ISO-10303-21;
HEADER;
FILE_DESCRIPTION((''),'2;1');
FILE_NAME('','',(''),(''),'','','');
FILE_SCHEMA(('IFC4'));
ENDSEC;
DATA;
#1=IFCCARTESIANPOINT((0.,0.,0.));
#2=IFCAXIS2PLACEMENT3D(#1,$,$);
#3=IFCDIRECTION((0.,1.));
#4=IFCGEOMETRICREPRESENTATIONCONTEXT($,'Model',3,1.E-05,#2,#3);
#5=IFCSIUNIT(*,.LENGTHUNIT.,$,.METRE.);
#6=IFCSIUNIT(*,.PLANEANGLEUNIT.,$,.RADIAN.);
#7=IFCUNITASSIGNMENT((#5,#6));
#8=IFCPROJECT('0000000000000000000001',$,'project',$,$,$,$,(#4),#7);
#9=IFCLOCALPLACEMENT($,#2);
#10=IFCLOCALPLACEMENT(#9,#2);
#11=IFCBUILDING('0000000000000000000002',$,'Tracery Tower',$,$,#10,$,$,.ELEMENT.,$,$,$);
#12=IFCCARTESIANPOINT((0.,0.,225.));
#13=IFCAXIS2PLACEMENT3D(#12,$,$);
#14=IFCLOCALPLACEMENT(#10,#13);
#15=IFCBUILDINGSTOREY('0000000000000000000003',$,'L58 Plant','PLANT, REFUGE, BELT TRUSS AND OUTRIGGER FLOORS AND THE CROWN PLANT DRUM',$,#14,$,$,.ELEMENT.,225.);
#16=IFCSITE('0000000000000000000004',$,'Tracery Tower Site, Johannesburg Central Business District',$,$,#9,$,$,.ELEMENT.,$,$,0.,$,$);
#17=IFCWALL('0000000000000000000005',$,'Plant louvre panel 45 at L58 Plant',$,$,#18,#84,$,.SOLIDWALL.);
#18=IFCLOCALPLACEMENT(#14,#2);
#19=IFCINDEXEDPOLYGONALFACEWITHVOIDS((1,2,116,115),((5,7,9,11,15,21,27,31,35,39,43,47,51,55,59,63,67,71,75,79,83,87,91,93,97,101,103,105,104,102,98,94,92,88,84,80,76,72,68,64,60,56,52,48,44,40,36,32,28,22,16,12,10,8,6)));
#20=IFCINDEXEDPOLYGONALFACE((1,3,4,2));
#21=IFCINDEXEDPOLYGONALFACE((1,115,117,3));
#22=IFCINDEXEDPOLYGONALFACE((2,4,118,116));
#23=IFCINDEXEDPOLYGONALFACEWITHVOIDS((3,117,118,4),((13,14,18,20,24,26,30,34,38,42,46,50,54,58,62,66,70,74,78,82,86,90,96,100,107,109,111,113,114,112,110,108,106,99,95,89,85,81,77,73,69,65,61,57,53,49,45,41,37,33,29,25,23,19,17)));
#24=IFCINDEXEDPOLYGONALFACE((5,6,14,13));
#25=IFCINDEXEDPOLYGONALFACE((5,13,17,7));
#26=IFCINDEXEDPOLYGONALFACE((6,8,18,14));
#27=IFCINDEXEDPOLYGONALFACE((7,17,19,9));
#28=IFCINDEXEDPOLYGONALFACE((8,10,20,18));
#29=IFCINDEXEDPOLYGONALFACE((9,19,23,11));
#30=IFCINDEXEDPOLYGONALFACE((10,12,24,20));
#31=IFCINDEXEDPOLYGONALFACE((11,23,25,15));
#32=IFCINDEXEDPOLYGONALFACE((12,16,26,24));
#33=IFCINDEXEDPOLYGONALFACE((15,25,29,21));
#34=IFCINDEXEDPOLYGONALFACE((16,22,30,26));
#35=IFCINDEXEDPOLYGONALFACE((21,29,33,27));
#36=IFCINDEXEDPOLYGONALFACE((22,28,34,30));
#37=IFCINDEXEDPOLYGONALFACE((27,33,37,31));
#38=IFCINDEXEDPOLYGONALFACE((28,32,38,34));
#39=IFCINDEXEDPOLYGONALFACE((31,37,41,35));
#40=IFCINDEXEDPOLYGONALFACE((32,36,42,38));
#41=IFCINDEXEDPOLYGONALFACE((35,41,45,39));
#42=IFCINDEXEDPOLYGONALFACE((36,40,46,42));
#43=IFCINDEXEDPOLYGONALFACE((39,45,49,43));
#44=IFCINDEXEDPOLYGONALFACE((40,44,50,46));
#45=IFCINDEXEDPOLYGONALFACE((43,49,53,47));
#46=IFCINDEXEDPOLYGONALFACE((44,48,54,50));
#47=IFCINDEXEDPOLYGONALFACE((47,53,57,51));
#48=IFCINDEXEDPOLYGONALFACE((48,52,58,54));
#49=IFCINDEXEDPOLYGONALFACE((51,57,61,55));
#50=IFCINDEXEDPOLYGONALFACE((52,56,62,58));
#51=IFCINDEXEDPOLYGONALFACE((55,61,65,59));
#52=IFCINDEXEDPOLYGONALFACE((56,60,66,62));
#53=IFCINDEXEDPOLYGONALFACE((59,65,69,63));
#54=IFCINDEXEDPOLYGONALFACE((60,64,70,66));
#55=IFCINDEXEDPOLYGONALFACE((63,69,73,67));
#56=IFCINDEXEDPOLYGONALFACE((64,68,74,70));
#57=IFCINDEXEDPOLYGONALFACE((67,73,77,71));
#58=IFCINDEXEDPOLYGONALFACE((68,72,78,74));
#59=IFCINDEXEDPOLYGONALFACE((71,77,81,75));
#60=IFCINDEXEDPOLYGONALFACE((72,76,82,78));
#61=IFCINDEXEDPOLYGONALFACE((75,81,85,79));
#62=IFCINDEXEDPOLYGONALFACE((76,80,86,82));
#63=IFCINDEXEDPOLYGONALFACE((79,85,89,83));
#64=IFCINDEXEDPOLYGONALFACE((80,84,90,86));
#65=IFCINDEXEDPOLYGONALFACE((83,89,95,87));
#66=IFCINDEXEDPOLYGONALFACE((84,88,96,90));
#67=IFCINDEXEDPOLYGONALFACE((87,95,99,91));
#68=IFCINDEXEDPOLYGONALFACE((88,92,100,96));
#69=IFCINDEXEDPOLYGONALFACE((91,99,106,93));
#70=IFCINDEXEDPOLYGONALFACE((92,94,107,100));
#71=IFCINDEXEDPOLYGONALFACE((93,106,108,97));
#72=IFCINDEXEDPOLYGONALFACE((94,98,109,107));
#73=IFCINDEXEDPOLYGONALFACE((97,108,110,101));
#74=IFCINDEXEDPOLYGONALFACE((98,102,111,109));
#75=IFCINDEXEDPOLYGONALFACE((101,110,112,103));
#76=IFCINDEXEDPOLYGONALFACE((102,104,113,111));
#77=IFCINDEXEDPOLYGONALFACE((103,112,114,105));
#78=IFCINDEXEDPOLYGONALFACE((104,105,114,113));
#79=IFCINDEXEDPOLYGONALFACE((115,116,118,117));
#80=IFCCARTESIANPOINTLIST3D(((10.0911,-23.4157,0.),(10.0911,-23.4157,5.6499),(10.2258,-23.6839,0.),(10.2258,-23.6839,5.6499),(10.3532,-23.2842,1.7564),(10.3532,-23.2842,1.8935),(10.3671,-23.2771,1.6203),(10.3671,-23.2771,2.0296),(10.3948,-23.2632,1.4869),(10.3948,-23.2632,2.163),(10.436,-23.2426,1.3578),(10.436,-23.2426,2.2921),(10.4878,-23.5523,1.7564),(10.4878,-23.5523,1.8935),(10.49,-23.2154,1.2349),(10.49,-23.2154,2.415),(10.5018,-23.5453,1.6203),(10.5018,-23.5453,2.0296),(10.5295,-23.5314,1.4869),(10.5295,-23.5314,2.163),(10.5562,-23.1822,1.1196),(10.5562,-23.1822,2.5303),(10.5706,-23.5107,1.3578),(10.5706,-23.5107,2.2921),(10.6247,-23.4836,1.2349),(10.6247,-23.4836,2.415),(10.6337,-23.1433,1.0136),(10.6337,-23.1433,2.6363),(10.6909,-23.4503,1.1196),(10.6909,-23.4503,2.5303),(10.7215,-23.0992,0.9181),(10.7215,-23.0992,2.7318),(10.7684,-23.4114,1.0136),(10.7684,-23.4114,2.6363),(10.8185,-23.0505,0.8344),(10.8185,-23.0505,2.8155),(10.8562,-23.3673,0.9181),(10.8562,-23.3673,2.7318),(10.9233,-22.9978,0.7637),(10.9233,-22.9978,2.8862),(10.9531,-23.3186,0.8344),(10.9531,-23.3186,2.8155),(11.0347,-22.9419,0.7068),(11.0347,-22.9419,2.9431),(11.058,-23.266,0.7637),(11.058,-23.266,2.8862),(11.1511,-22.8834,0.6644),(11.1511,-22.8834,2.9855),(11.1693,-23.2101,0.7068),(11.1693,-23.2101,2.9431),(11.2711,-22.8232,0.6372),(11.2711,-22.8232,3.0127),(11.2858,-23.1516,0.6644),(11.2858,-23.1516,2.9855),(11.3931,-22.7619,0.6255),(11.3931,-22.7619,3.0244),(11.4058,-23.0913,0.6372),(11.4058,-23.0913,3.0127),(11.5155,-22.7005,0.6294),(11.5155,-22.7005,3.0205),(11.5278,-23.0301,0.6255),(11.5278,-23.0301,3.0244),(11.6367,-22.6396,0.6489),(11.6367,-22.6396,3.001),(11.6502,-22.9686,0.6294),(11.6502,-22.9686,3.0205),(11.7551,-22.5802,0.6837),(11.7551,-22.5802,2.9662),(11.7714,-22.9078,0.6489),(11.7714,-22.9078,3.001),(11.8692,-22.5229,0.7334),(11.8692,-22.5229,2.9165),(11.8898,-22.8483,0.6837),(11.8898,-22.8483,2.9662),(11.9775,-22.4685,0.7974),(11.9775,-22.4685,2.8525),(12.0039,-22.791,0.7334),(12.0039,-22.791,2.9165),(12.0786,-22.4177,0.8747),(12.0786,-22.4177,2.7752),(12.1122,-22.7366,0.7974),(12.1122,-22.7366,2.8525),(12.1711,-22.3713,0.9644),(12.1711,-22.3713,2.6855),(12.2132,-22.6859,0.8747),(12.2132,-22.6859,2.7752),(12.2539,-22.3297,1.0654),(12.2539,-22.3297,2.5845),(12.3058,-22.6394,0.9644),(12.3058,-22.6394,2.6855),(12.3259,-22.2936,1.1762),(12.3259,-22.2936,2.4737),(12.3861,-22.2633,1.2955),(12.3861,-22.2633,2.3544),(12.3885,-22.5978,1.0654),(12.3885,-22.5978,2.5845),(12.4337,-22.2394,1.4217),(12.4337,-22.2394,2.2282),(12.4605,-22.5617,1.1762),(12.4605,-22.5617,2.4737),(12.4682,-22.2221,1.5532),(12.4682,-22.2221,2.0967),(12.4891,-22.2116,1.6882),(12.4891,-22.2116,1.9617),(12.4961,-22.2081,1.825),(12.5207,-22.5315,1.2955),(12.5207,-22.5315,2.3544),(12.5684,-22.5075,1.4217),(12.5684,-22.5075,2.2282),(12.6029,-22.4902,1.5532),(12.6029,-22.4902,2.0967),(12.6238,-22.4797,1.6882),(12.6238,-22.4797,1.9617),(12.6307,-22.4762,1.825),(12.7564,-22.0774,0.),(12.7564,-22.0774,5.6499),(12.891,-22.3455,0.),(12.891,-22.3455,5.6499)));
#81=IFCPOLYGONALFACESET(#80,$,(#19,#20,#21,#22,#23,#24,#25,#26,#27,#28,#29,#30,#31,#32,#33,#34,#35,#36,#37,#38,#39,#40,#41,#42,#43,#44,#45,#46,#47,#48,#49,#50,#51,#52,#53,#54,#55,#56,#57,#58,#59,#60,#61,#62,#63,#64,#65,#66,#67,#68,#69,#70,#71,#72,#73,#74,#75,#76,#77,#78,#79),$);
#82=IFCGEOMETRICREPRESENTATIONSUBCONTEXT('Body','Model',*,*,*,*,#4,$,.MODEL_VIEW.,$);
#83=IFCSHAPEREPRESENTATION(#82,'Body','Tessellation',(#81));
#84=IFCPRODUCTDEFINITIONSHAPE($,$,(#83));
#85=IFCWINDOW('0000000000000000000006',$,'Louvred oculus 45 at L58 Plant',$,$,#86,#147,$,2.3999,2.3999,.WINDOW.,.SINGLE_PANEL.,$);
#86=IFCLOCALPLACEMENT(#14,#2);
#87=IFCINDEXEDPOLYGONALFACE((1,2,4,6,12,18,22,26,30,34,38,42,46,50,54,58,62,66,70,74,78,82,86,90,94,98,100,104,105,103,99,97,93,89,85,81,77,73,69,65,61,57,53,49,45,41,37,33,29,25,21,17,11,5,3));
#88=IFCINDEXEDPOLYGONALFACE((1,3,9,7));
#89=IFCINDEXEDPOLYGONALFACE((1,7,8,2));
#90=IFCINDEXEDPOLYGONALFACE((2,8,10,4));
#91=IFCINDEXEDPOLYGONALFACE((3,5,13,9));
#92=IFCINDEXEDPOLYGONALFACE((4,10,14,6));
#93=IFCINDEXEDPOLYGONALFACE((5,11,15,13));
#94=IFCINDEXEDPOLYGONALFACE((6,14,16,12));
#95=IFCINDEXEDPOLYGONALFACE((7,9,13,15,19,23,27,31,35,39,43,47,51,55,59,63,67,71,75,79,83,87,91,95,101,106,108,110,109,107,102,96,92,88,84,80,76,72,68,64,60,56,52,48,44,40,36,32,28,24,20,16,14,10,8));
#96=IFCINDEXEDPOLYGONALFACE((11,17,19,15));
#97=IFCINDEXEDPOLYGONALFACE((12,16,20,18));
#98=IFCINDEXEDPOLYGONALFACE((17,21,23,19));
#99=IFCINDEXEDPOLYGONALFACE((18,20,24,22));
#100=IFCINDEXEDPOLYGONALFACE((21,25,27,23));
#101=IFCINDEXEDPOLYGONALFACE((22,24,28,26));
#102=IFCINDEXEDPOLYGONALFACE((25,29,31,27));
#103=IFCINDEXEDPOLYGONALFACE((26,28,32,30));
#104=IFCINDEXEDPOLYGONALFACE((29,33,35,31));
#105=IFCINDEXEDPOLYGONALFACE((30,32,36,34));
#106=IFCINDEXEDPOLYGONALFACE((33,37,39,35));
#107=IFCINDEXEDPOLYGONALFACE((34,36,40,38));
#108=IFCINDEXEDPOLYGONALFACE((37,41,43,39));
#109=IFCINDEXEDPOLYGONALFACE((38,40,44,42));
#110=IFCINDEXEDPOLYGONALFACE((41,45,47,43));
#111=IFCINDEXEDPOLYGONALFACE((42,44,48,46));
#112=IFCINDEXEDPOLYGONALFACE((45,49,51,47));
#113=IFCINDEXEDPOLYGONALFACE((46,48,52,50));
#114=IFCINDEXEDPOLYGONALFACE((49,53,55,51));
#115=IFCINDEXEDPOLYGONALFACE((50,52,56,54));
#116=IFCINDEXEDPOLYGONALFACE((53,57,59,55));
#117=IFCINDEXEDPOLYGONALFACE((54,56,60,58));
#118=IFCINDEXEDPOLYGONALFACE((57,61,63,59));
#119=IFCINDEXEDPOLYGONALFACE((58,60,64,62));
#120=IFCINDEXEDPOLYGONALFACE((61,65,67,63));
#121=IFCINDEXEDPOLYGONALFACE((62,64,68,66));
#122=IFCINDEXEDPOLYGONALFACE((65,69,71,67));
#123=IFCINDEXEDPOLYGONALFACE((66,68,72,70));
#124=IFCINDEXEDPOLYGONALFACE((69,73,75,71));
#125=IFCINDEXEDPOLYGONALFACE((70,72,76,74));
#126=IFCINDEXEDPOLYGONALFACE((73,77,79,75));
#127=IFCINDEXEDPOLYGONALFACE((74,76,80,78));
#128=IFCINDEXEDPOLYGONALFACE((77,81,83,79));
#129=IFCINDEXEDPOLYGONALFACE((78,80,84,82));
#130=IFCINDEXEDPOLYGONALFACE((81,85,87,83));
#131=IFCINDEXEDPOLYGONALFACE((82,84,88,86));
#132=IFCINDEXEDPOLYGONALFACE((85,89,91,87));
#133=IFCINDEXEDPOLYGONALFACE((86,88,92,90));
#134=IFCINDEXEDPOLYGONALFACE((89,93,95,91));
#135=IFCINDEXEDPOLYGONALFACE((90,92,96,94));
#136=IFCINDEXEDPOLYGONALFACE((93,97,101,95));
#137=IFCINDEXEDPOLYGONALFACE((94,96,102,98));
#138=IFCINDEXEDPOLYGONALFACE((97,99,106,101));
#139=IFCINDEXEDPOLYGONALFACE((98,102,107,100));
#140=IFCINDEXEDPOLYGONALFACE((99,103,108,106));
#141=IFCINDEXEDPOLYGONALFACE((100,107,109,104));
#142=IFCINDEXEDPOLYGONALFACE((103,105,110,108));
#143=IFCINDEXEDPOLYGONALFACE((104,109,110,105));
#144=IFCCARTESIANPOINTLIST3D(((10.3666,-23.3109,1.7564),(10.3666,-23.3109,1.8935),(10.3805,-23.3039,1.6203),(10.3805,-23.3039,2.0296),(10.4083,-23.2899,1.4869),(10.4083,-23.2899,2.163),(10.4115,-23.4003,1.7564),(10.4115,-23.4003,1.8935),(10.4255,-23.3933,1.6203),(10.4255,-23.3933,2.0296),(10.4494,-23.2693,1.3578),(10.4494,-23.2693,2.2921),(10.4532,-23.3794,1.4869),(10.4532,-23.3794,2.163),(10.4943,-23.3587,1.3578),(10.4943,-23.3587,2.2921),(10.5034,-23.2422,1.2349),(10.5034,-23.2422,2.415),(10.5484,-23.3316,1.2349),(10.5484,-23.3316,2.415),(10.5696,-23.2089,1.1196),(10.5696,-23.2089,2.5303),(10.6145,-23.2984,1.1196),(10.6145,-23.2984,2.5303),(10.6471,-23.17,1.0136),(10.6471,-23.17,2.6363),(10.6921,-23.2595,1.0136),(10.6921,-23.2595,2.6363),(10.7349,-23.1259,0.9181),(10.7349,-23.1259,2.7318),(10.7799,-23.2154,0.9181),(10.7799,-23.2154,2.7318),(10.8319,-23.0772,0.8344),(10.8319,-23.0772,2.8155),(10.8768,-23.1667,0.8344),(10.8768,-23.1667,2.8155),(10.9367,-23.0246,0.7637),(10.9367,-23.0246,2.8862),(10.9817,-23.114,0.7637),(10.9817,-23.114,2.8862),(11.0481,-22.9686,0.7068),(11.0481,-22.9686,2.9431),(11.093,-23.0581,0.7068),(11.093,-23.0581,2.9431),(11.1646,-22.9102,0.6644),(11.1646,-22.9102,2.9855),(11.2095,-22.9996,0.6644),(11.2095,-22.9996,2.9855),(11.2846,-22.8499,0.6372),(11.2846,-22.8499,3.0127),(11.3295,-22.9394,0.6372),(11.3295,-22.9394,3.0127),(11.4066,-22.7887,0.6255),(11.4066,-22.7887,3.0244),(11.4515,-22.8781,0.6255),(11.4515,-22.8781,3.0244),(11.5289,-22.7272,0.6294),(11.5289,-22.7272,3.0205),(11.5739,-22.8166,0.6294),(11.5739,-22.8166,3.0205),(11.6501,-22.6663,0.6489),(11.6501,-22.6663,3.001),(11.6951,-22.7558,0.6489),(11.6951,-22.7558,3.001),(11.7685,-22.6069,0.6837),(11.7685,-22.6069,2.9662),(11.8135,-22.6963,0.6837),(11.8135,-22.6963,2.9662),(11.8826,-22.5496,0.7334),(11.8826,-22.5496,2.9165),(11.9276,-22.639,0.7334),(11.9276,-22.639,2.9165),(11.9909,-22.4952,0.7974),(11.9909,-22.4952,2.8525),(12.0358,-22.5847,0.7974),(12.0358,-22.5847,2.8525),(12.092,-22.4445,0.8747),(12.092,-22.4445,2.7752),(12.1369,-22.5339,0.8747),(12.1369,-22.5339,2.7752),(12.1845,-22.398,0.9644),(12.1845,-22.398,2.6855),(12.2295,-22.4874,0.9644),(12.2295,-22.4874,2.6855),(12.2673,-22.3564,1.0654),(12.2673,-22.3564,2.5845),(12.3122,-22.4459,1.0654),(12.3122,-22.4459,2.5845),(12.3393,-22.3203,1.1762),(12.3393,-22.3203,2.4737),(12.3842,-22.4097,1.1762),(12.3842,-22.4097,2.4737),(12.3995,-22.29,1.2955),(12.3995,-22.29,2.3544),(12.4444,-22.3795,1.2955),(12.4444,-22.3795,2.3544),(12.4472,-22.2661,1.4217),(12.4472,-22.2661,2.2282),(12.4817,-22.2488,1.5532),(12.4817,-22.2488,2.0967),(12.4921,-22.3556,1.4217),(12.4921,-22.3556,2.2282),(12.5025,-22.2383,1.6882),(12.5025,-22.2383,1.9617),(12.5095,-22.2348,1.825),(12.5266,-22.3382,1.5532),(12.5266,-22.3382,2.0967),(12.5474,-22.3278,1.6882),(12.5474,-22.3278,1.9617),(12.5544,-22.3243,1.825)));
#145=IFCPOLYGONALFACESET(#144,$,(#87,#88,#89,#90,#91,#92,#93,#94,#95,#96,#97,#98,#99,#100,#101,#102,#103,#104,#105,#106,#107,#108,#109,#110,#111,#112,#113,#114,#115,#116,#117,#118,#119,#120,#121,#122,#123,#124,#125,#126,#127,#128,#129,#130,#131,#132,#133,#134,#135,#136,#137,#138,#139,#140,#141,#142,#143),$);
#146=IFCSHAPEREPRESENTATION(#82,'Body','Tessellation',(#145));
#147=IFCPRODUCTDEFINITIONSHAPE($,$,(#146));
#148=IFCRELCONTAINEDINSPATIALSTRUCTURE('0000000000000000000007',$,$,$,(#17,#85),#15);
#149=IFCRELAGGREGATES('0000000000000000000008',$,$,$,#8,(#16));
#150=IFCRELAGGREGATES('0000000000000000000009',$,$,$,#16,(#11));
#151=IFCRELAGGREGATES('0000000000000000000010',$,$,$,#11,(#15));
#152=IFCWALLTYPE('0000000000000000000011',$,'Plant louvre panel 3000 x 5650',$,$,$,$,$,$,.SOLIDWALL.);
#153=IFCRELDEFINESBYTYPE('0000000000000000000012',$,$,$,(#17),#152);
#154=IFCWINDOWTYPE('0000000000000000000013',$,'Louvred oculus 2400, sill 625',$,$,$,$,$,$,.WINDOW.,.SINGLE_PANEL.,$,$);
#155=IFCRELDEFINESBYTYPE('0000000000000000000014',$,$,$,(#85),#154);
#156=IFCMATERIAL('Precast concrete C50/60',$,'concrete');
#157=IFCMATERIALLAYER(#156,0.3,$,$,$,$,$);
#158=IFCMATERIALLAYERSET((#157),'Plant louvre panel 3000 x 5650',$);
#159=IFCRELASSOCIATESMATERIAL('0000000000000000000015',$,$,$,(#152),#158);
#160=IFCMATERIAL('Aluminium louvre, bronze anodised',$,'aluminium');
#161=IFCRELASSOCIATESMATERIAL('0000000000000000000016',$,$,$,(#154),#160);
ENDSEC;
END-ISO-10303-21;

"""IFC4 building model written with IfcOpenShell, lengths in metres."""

from ifc_helpers import new_model, si_unit, direction, frame, frame_2d, origin, origin_2d, place, context, subcontext, project, spatial, rectangle, circle, extrude, material, layer, layer_set, type_object, element, fill, save


model = new_model("IFC4")

# Units and contexts
model_context = context("Model", 3, precision=1e-05, world=origin(), true_north=direction((0.0, 1.0)))
body_context = subcontext(model_context, "Body", "Model", "MODEL_VIEW")
ifc_project = project(units=[si_unit("LENGTHUNIT", "METRE"), si_unit("PLANEANGLEUNIT", "RADIAN")], contexts=[model_context])

# Site, building, storey
site_placement = place(None, origin())
site = spatial("IfcSite", under=ifc_project, at=site_placement, Name="Tracery Tower Site, Johannesburg Central Business District", CompositionType="ELEMENT", RefElevation=0.0)
building_placement = place(site_placement, origin())
building = spatial("IfcBuilding", under=site, at=building_placement, Name="Tracery Tower", CompositionType="ELEMENT")
storey_placement = place(building_placement, frame((0.0, 0.0, 225.0)))
storey = spatial("IfcBuildingStorey", under=building, at=storey_placement, Name="L58 Plant", Description="PLANT, REFUGE, BELT TRUSS AND OUTRIGGER FLOORS AND THE CROWN PLANT DRUM", CompositionType="ELEMENT", Elevation=225.0)

# Wall, opening, window
ifc_material_1 = material(Name="Precast concrete C50/60", Category="concrete")
ifc_layer_1 = layer(ifc_material_1, 0.3)
ifc_layer_set_1 = layer_set([ifc_layer_1], Name="Plant louvre panel 3000 x 5650")
wall_type_1 = type_object("IfcWallType", Name="Plant louvre panel 3000 x 5650", PredefinedType="SOLIDWALL", material=ifc_layer_set_1)
wall_1_placement = place(storey_placement, frame((10.1584, -23.5498, 0.0), z_axis=(0.0, 0.0, 1.0), x_axis=(0.893656, 0.448752, 0.0)))
wall_1 = element("IfcWall", 1, at=wall_1_placement, inside=storey, type_object=wall_type_1, Name="Plant louvre panel 45 at L58 Plant", PredefinedType="SOLIDWALL", context=body_context, shape_type="SweptSolid", body=[
    extrude(rectangle(XDim=2.9824, YDim=0.3, at=frame_2d((1.4912, 0.0))), origin(), (0.0, 0.0, 1.0), 5.6499),
])
opening_1_placement = place(wall_1_placement, frame((1.4912, 0.0, 1.825)))
opening_1 = element("IfcOpeningElement", 2, at=opening_1_placement, cuts=wall_1, PredefinedType="OPENING", context=body_context, shape_type="SweptSolid", body=[
    extrude(circle(Radius=1.2, at=origin_2d()), frame((0.0, 0.1599, 0.0), z_axis=(0.0, -1.0, 0.0), x_axis=(1.0, 0.0, 0.0)), (0.0, 0.0, 1.0), 0.3201),
])
ifc_material_2 = material(Name="Aluminium louvre, bronze anodised", Category="aluminium")
window_type = type_object("IfcWindowType", Name="Louvred oculus 2400, sill 625", PartitioningType="SINGLE_PANEL", PredefinedType="WINDOW", material=ifc_material_2)
window_1_placement = place(opening_1_placement, origin())
window_1 = element("IfcWindow", 3, at=window_1_placement, inside=storey, type_object=window_type, Name="Louvred oculus 45 at L58 Plant", OverallHeight=2.3999, OverallWidth=2.3999, PartitioningType="SINGLE_PANEL", PredefinedType="WINDOW", context=body_context, shape_type="SweptSolid", body=[
    extrude(circle(Radius=1.2, at=origin_2d()), frame((0.0, 0.1201, 0.0), z_axis=(0.0, -1.0, 0.0), x_axis=(1.0, 0.0, 0.0)), (0.0, 0.0, 1.0), 0.1001),
])
fill(opening_1, window_1)

save(model, "model.ifc")
